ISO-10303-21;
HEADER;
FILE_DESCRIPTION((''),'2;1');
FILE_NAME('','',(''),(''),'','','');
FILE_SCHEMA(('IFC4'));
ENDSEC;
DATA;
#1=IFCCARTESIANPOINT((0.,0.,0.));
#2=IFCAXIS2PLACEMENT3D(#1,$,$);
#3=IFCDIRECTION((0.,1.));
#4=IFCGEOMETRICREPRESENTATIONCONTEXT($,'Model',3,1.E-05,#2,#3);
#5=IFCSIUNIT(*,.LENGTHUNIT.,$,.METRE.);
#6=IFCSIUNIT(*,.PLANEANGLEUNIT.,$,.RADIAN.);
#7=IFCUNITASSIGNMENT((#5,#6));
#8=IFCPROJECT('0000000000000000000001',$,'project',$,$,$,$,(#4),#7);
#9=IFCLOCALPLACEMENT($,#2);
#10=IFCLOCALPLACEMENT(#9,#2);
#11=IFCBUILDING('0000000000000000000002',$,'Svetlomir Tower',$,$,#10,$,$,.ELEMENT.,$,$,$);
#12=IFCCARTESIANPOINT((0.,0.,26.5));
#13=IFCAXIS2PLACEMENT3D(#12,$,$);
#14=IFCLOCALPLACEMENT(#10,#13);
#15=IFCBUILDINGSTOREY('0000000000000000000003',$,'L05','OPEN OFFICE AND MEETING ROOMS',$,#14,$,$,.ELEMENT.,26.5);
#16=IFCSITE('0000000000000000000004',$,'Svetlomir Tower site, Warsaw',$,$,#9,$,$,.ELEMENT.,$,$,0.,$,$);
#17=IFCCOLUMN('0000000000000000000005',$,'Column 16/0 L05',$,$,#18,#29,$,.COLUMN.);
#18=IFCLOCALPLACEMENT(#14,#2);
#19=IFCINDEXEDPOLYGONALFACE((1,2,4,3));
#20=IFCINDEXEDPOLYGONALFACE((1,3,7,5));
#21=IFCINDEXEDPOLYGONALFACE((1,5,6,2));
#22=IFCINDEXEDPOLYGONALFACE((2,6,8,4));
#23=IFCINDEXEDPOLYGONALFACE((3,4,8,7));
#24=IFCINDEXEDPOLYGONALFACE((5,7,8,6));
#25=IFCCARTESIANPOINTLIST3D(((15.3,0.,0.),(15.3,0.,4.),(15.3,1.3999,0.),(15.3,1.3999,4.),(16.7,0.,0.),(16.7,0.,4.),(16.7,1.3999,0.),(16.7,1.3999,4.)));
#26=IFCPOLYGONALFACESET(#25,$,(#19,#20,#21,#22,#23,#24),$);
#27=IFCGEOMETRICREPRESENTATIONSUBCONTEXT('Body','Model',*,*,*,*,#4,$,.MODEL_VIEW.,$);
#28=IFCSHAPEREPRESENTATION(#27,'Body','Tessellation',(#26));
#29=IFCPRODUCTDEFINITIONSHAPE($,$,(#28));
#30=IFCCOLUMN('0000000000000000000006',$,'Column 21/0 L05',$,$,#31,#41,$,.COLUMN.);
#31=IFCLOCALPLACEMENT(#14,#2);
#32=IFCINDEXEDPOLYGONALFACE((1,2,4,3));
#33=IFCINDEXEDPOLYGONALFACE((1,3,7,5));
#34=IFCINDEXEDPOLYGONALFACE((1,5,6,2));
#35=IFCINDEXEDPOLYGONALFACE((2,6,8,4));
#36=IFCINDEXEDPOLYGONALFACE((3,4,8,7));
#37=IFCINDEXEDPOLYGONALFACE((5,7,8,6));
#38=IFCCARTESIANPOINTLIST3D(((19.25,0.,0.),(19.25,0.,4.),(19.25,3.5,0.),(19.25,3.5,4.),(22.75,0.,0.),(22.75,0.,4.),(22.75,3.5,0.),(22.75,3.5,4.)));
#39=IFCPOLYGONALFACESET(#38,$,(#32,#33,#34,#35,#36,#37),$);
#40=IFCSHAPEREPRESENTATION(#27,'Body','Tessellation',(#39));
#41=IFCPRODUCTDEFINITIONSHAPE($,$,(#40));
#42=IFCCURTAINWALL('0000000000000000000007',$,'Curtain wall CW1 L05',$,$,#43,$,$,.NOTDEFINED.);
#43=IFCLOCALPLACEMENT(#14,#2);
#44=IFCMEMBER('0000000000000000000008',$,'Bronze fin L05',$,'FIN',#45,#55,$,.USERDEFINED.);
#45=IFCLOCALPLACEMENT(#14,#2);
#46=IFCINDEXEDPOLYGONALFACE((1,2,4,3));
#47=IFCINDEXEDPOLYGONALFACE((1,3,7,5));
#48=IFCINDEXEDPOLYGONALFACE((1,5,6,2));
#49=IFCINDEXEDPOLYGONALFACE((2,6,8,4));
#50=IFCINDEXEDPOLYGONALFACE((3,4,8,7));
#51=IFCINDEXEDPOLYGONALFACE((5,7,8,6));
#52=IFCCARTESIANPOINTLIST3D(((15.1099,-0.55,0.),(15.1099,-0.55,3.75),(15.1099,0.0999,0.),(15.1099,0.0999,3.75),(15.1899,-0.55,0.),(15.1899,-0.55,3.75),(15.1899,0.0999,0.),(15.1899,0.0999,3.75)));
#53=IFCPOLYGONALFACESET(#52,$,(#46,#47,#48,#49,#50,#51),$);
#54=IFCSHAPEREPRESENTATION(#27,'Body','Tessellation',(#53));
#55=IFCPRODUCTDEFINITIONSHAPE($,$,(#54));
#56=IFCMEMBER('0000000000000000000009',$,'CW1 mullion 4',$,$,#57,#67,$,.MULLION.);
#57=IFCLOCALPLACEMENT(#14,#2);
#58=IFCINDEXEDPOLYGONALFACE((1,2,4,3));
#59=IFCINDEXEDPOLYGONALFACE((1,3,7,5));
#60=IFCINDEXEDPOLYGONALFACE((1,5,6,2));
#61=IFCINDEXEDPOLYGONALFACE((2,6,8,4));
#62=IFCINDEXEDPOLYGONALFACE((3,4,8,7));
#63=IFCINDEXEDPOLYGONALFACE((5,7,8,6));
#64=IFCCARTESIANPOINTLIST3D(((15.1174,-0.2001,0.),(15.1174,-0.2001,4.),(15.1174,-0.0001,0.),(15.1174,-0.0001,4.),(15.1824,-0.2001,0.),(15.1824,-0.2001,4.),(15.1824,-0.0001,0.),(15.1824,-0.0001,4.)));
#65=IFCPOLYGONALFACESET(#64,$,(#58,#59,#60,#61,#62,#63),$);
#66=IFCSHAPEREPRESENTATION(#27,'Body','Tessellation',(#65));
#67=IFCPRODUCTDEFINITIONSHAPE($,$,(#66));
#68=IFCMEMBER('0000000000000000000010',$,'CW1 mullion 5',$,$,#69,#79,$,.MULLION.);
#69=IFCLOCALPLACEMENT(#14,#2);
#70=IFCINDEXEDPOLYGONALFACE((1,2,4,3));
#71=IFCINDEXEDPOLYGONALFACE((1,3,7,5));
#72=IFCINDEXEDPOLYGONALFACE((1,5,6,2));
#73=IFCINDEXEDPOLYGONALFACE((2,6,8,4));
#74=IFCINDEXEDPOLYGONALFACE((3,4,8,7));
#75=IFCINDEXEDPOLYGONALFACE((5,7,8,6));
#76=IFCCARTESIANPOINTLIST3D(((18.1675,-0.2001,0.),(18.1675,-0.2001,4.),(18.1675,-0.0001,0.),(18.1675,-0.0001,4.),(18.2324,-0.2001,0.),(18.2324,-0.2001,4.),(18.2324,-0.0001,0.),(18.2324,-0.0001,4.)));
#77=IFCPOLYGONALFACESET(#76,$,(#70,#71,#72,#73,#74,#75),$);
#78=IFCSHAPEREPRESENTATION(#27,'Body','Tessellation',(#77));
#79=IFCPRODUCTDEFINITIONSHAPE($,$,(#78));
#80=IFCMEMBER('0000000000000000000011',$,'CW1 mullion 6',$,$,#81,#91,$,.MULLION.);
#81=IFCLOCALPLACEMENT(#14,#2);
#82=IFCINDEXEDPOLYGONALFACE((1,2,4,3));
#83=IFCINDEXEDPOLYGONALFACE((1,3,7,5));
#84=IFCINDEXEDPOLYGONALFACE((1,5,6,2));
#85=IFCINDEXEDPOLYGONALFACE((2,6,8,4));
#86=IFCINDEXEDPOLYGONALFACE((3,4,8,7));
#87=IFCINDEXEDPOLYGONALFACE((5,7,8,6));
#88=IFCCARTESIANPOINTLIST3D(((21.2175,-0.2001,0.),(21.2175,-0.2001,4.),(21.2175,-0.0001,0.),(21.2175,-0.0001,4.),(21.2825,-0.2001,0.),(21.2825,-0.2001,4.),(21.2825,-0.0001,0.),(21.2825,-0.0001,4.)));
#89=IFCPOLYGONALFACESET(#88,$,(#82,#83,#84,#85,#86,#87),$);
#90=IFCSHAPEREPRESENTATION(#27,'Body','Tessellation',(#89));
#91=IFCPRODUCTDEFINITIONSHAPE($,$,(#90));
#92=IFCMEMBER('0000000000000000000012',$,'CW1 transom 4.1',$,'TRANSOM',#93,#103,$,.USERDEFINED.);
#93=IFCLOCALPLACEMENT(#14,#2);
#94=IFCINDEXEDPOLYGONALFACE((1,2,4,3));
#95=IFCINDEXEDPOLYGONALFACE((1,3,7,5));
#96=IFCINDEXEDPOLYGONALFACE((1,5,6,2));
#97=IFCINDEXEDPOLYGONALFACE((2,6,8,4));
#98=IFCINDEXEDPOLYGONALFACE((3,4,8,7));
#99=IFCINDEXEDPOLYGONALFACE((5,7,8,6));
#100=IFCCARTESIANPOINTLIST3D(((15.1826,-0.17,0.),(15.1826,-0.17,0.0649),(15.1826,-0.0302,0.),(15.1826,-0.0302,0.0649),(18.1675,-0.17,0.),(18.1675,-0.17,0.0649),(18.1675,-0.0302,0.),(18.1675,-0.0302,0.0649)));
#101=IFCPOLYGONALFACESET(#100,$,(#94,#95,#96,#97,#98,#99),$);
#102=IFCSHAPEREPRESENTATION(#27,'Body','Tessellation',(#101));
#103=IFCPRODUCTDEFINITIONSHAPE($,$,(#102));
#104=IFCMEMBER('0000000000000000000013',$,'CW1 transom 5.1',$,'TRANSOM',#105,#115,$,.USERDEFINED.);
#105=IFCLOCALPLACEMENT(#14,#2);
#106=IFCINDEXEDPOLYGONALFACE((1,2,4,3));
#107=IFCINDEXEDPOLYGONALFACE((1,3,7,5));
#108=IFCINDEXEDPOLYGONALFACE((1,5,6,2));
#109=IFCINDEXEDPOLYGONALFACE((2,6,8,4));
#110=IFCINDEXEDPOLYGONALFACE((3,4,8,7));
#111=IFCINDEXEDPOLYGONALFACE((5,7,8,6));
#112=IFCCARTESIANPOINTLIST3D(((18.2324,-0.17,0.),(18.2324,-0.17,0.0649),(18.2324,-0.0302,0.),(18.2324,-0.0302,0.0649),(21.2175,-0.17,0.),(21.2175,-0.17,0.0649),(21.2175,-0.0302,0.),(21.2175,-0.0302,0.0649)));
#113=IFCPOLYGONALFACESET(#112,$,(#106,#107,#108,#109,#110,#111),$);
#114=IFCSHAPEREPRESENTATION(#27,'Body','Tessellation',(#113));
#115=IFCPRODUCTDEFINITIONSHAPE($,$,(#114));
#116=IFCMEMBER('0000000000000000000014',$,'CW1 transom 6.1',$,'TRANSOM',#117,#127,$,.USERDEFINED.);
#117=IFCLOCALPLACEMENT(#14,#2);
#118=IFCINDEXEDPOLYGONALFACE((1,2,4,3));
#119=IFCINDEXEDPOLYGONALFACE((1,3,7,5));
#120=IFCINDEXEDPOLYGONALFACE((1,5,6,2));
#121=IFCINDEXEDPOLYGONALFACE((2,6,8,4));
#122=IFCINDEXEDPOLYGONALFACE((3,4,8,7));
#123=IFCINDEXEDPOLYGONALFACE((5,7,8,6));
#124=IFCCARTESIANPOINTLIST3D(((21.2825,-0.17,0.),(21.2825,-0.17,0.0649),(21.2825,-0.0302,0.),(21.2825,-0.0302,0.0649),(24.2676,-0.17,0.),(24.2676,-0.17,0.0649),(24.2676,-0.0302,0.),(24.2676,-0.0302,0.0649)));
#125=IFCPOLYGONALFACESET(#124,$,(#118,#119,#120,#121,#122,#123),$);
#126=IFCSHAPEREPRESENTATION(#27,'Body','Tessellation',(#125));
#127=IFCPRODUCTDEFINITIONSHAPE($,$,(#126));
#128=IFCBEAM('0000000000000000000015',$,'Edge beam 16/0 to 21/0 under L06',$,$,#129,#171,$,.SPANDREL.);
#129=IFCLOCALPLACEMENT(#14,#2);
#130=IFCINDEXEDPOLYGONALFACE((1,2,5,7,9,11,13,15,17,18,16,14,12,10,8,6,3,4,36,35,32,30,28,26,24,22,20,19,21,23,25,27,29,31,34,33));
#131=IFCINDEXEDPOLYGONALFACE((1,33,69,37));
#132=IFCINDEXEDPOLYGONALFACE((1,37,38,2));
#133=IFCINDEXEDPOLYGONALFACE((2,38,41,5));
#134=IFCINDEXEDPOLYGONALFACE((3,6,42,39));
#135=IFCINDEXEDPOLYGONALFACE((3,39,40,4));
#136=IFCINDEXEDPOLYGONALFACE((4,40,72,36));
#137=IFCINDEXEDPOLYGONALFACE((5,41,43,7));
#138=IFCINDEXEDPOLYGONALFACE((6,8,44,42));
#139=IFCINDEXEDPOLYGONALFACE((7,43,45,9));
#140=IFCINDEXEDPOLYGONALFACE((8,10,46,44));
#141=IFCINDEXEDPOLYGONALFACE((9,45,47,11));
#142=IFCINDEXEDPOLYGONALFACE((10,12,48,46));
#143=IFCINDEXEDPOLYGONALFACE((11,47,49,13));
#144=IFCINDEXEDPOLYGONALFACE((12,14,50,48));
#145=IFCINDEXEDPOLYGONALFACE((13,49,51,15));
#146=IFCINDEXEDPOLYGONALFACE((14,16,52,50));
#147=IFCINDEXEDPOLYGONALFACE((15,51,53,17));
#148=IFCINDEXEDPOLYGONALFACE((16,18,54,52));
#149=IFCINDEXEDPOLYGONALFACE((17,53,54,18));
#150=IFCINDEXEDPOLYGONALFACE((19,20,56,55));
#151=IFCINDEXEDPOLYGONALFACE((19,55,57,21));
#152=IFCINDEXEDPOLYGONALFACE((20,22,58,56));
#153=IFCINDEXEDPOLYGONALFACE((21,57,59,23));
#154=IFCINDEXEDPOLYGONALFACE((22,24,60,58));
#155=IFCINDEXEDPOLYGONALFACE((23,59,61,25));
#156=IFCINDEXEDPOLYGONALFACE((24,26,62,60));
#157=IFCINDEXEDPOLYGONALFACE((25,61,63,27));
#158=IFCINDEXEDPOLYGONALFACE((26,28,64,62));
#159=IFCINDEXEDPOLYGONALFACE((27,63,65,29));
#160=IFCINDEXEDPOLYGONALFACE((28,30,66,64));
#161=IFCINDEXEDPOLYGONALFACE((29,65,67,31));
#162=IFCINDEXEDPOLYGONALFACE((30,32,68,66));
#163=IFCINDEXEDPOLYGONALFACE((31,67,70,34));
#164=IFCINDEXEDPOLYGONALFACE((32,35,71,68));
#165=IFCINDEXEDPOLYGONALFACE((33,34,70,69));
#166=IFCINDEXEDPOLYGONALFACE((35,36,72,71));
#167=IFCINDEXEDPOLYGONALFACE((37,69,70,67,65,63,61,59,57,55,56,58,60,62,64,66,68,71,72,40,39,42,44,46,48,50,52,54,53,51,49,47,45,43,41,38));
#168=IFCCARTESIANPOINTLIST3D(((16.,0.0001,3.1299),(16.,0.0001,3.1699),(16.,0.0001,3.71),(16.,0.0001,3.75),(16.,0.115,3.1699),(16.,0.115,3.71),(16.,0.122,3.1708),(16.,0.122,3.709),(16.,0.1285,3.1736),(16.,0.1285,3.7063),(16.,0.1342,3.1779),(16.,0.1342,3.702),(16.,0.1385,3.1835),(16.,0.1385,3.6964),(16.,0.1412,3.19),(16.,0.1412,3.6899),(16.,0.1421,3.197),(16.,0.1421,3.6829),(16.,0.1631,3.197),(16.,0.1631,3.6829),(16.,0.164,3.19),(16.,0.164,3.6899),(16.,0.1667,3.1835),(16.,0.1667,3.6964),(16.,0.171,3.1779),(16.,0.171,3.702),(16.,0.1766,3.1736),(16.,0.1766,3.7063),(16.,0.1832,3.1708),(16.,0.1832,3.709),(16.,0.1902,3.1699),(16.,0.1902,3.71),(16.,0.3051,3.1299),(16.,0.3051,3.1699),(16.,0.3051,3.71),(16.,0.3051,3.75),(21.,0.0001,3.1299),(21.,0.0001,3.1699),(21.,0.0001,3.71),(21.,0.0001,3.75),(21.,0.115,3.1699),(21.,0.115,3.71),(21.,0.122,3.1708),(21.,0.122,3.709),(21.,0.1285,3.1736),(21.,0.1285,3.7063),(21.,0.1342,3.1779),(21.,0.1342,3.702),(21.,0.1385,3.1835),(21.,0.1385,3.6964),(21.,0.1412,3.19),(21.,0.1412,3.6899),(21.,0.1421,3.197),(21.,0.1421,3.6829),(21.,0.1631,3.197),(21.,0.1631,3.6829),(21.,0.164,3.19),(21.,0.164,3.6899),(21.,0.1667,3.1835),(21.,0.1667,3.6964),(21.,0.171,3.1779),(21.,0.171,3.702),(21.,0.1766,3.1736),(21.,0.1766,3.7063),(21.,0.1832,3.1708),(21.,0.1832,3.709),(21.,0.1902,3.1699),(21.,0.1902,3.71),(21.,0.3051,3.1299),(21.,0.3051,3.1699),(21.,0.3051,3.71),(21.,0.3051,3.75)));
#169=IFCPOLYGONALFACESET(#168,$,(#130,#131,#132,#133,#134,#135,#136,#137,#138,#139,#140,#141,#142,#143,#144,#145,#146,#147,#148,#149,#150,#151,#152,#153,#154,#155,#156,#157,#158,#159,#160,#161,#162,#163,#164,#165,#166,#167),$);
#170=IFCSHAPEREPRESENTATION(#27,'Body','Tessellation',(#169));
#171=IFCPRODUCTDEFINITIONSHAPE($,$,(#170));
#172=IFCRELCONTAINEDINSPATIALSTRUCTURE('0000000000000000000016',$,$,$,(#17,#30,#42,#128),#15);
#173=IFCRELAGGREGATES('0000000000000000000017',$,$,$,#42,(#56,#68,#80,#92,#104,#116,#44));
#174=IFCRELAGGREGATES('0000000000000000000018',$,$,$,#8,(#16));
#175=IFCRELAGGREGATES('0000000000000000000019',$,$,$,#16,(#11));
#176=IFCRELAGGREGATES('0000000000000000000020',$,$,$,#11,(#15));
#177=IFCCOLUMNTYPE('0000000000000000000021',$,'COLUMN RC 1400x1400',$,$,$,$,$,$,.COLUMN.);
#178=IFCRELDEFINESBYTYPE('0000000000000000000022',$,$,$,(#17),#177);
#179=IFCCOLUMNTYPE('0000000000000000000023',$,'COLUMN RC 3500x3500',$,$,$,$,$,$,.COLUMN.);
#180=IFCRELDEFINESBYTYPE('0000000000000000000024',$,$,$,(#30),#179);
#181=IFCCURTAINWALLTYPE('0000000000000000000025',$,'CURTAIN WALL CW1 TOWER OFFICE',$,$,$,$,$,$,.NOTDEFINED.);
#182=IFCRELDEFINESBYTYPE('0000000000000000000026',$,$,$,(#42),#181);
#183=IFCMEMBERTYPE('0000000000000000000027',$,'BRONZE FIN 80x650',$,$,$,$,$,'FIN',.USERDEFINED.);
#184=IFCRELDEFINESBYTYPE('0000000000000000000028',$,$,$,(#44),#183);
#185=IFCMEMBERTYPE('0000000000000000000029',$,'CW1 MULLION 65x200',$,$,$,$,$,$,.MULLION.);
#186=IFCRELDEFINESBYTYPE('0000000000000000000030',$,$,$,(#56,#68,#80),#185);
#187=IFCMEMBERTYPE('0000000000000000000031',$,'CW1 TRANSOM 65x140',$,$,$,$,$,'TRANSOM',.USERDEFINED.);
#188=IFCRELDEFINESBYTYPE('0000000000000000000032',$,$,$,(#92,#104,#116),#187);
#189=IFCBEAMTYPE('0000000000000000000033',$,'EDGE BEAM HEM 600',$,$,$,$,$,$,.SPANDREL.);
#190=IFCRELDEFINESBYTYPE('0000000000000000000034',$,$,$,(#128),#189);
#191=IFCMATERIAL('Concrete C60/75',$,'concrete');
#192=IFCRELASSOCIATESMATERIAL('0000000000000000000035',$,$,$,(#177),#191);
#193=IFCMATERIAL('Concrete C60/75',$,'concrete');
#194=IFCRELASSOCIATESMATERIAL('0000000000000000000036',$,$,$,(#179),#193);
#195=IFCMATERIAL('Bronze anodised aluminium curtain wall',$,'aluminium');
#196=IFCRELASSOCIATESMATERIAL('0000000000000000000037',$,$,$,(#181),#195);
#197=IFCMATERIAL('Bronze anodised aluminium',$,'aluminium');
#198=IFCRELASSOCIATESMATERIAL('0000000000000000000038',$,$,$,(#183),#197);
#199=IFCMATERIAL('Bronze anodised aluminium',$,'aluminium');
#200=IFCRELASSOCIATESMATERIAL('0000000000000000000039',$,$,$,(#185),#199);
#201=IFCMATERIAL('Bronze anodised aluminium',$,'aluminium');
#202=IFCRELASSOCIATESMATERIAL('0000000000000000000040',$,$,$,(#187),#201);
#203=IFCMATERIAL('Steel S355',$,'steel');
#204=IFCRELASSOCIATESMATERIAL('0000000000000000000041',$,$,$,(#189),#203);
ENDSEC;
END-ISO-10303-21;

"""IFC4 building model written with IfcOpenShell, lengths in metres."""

from ifc_helpers import new_model, si_unit, direction, frame, origin, origin_2d, place, context, subcontext, project, spatial, rectangle, i_section, extrude, material, material_profile, profile_set, type_object, element, aggregate, save


model = new_model("IFC4")

# Units and contexts
model_context = context("Model", 3, precision=1e-05, world=origin(), true_north=direction((0.0, 1.0)))
body_context = subcontext(model_context, "Body", "Model", "MODEL_VIEW")
ifc_project = project(units=[si_unit("LENGTHUNIT", "METRE"), si_unit("PLANEANGLEUNIT", "RADIAN")], contexts=[model_context])

# Site, building, storey
site_placement = place(None, origin())
site = spatial("IfcSite", under=ifc_project, at=site_placement, Name="Svetlomir Tower site, Warsaw", CompositionType="ELEMENT", RefElevation=0.0)
building_placement = place(site_placement, origin())
building = spatial("IfcBuilding", under=site, at=building_placement, Name="Svetlomir Tower", CompositionType="ELEMENT")
storey_placement = place(building_placement, frame((0.0, 0.0, 26.5)))
storey = spatial("IfcBuildingStorey", under=building, at=storey_placement, Name="L05", Description="OPEN OFFICE AND MEETING ROOMS", CompositionType="ELEMENT", Elevation=26.5)

# Columns
ifc_material_1 = material(Name="Concrete C60/75", Category="concrete")
ifc_material_profile_1 = material_profile(ifc_material_1, rectangle(XDim=1.3999, YDim=1.3999, at=origin_2d()), Name="RC 1400x1400")
ifc_profile_set_1 = profile_set([ifc_material_profile_1], Name="Concrete C60/75")
column_type_1 = type_object("IfcColumnType", Name="COLUMN RC 1400x1400", PredefinedType="COLUMN", material=ifc_profile_set_1)
column_1_placement = place(storey_placement, frame((16.0, 0.7, 0.0), z_axis=(0.0, 0.0, 1.0), x_axis=(1.0, 0.0, 0.0)))
element("IfcColumn", 1, at=column_1_placement, inside=storey, type_object=column_type_1, Name="Column 16/0 L05", PredefinedType="COLUMN", context=body_context, shape_type="SweptSolid", body=[
    extrude(rectangle(XDim=1.3999, YDim=1.3999, at=origin_2d()), origin(), (0.0, 0.0, 1.0), 4.0),
])
ifc_material_2 = material(Name="Concrete C60/75", Category="concrete")
ifc_material_profile_2 = material_profile(ifc_material_2, rectangle(XDim=3.5, YDim=3.5, at=origin_2d()), Name="RC 3500x3500")
ifc_profile_set_2 = profile_set([ifc_material_profile_2], Name="Concrete C60/75")
column_type_2 = type_object("IfcColumnType", Name="COLUMN RC 3500x3500", PredefinedType="COLUMN", material=ifc_profile_set_2)
column_2_placement = place(storey_placement, frame((21.0, 1.75, 0.0), z_axis=(0.0, 0.0, 1.0), x_axis=(1.0, 0.0, 0.0)))
element("IfcColumn", 2, at=column_2_placement, inside=storey, type_object=column_type_2, Name="Column 21/0 L05", PredefinedType="COLUMN", context=body_context, shape_type="SweptSolid", body=[
    extrude(rectangle(XDim=3.5, YDim=3.5, at=origin_2d()), origin(), (0.0, 0.0, 1.0), 4.0),
])

# Curtain wall, members
ifc_material_3 = material(Name="Bronze anodised aluminium curtain wall", Category="aluminium")
curtain_wall_type = type_object("IfcCurtainWallType", Name="CURTAIN WALL CW1 TOWER OFFICE", PredefinedType="NOTDEFINED", material=ifc_material_3)
curtain_wall_placement = place(storey_placement, origin())
curtain_wall = element("IfcCurtainWall", 3, at=curtain_wall_placement, inside=storey, type_object=curtain_wall_type, Name="Curtain wall CW1 L05", PredefinedType="NOTDEFINED")
ifc_material_4 = material(Name="Bronze anodised aluminium", Category="aluminium")
ifc_material_profile_3 = material_profile(ifc_material_4, rectangle(XDim=0.0801, YDim=0.6499, at=origin_2d()), Name="FIN 80x650")
ifc_profile_set_3 = profile_set([ifc_material_profile_3], Name="Bronze anodised aluminium 6063-T6")
member_type_1 = type_object("IfcMemberType", Name="BRONZE FIN 80x650", ElementType="FIN", PredefinedType="USERDEFINED", material=ifc_profile_set_3)
member_1_placement = place(storey_placement, frame((15.1499, -0.2251, 0.0), z_axis=(0.0, 0.0, 1.0), x_axis=(1.0, 0.0, 0.0)))
member_1 = element("IfcMember", 4, at=member_1_placement, type_object=member_type_1, Name="Bronze fin L05", ObjectType="FIN", PredefinedType="USERDEFINED", context=body_context, shape_type="SweptSolid", body=[
    extrude(rectangle(XDim=0.0801, YDim=0.6499, at=origin_2d()), origin(), (0.0, 0.0, 1.0), 3.75),
])
ifc_material_5 = material(Name="Bronze anodised aluminium", Category="aluminium")
ifc_material_profile_4 = material_profile(ifc_material_5, rectangle(XDim=0.0649, YDim=0.2, at=origin_2d()), Name="AL 65x200")
ifc_profile_set_4 = profile_set([ifc_material_profile_4], Name="Bronze anodised aluminium 6063-T6")
member_type_2 = type_object("IfcMemberType", Name="CW1 MULLION 65x200", PredefinedType="MULLION", material=ifc_profile_set_4)
member_2_placement = place(storey_placement, frame((15.1499, -0.1001, 0.0), z_axis=(0.0, 0.0, 1.0), x_axis=(1.0, 0.0, 0.0)))
member_2 = element("IfcMember", 5, at=member_2_placement, type_object=member_type_2, Name="CW1 mullion 4", PredefinedType="MULLION", context=body_context, shape_type="SweptSolid", body=[
    extrude(rectangle(XDim=0.0649, YDim=0.2, at=origin_2d()), origin(), (0.0, 0.0, 1.0), 4.0),
])
member_3_placement = place(storey_placement, frame((18.2, -0.1001, 0.0), z_axis=(0.0, 0.0, 1.0), x_axis=(1.0, 0.0, 0.0)))
member_3 = element("IfcMember", 6, at=member_3_placement, type_object=member_type_2, Name="CW1 mullion 5", PredefinedType="MULLION", context=body_context, shape_type="SweptSolid", body=[
    extrude(rectangle(XDim=0.0649, YDim=0.2, at=origin_2d()), origin(), (0.0, 0.0, 1.0), 4.0),
])
member_4_placement = place(storey_placement, frame((21.25, -0.1001, 0.0), z_axis=(0.0, 0.0, 1.0), x_axis=(1.0, 0.0, 0.0)))
member_4 = element("IfcMember", 7, at=member_4_placement, type_object=member_type_2, Name="CW1 mullion 6", PredefinedType="MULLION", context=body_context, shape_type="SweptSolid", body=[
    extrude(rectangle(XDim=0.0649, YDim=0.2, at=origin_2d()), origin(), (0.0, 0.0, 1.0), 4.0),
])
ifc_material_6 = material(Name="Bronze anodised aluminium", Category="aluminium")
ifc_material_profile_5 = material_profile(ifc_material_6, rectangle(XDim=0.1399, YDim=0.0649, at=origin_2d()), Name="AL 140x65")
ifc_profile_set_5 = profile_set([ifc_material_profile_5], Name="Bronze anodised aluminium 6063-T6")
member_type_3 = type_object("IfcMemberType", Name="CW1 TRANSOM 65x140", ElementType="TRANSOM", PredefinedType="USERDEFINED", material=ifc_profile_set_5)
member_5_placement = place(storey_placement, frame((15.1826, -0.1001, 0.0325), z_axis=(1.0, 0.0, 0.0), x_axis=(0.0, 1.0, 0.0)))
member_5 = element("IfcMember", 8, at=member_5_placement, type_object=member_type_3, Name="CW1 transom 4.1", ObjectType="TRANSOM", PredefinedType="USERDEFINED", context=body_context, shape_type="SweptSolid", body=[
    extrude(rectangle(XDim=0.1399, YDim=0.0649, at=origin_2d()), origin(), (0.0, 0.0, 1.0), 2.9849),
])
member_6_placement = place(storey_placement, frame((18.2324, -0.1001, 0.0325), z_axis=(1.0, 0.0, 0.0), x_axis=(0.0, 1.0, 0.0)))
member_6 = element("IfcMember", 9, at=member_6_placement, type_object=member_type_3, Name="CW1 transom 5.1", ObjectType="TRANSOM", PredefinedType="USERDEFINED", context=body_context, shape_type="SweptSolid", body=[
    extrude(rectangle(XDim=0.1399, YDim=0.0649, at=origin_2d()), origin(), (0.0, 0.0, 1.0), 2.9851),
])
member_7_placement = place(storey_placement, frame((21.2825, -0.1001, 0.0325), z_axis=(1.0, 0.0, 0.0), x_axis=(0.0, 1.0, 0.0)))
member_7 = element("IfcMember", 10, at=member_7_placement, type_object=member_type_3, Name="CW1 transom 6.1", ObjectType="TRANSOM", PredefinedType="USERDEFINED", context=body_context, shape_type="SweptSolid", body=[
    extrude(rectangle(XDim=0.1399, YDim=0.0649, at=origin_2d()), origin(), (0.0, 0.0, 1.0), 2.9851),
])

# Beam
ifc_material_7 = material(Name="Steel S355", Category="steel")
ifc_material_profile_6 = material_profile(ifc_material_7, i_section(OverallWidth=0.3049, OverallDepth=0.6201, WebThickness=0.021, FlangeThickness=0.04, FilletRadius=0.0271, at=origin_2d()), Name="HEM 600")
ifc_profile_set_6 = profile_set([ifc_material_profile_6], Name="Steel S355")
beam_type = type_object("IfcBeamType", Name="EDGE BEAM HEM 600", PredefinedType="SPANDREL", material=ifc_profile_set_6)
for number, where, z_axis, x_axis, name in (
    (11, (16.0, 0.1526, 3.4399), (1.0, 0.0, 0.0), (0.0, 1.0, 0.0), "Edge beam 16/0 to 21/0 under L06"),
):
    element("IfcBeam", number, at=place(storey_placement, frame(where, z_axis=z_axis, x_axis=x_axis)), inside=storey, type_object=beam_type, Name=name, PredefinedType="SPANDREL", context=body_context, shape_type="SweptSolid", body=[
        extrude(i_section(OverallWidth=0.3049, OverallDepth=0.6201, WebThickness=0.021, FlangeThickness=0.04, FilletRadius=0.0271, at=origin_2d()), origin(), (0.0, 0.0, 1.0), 5.0),
    ])

aggregate(curtain_wall, [member_2, member_3, member_4, member_5, member_6, member_7, member_1])

save(model, "model.ifc")
